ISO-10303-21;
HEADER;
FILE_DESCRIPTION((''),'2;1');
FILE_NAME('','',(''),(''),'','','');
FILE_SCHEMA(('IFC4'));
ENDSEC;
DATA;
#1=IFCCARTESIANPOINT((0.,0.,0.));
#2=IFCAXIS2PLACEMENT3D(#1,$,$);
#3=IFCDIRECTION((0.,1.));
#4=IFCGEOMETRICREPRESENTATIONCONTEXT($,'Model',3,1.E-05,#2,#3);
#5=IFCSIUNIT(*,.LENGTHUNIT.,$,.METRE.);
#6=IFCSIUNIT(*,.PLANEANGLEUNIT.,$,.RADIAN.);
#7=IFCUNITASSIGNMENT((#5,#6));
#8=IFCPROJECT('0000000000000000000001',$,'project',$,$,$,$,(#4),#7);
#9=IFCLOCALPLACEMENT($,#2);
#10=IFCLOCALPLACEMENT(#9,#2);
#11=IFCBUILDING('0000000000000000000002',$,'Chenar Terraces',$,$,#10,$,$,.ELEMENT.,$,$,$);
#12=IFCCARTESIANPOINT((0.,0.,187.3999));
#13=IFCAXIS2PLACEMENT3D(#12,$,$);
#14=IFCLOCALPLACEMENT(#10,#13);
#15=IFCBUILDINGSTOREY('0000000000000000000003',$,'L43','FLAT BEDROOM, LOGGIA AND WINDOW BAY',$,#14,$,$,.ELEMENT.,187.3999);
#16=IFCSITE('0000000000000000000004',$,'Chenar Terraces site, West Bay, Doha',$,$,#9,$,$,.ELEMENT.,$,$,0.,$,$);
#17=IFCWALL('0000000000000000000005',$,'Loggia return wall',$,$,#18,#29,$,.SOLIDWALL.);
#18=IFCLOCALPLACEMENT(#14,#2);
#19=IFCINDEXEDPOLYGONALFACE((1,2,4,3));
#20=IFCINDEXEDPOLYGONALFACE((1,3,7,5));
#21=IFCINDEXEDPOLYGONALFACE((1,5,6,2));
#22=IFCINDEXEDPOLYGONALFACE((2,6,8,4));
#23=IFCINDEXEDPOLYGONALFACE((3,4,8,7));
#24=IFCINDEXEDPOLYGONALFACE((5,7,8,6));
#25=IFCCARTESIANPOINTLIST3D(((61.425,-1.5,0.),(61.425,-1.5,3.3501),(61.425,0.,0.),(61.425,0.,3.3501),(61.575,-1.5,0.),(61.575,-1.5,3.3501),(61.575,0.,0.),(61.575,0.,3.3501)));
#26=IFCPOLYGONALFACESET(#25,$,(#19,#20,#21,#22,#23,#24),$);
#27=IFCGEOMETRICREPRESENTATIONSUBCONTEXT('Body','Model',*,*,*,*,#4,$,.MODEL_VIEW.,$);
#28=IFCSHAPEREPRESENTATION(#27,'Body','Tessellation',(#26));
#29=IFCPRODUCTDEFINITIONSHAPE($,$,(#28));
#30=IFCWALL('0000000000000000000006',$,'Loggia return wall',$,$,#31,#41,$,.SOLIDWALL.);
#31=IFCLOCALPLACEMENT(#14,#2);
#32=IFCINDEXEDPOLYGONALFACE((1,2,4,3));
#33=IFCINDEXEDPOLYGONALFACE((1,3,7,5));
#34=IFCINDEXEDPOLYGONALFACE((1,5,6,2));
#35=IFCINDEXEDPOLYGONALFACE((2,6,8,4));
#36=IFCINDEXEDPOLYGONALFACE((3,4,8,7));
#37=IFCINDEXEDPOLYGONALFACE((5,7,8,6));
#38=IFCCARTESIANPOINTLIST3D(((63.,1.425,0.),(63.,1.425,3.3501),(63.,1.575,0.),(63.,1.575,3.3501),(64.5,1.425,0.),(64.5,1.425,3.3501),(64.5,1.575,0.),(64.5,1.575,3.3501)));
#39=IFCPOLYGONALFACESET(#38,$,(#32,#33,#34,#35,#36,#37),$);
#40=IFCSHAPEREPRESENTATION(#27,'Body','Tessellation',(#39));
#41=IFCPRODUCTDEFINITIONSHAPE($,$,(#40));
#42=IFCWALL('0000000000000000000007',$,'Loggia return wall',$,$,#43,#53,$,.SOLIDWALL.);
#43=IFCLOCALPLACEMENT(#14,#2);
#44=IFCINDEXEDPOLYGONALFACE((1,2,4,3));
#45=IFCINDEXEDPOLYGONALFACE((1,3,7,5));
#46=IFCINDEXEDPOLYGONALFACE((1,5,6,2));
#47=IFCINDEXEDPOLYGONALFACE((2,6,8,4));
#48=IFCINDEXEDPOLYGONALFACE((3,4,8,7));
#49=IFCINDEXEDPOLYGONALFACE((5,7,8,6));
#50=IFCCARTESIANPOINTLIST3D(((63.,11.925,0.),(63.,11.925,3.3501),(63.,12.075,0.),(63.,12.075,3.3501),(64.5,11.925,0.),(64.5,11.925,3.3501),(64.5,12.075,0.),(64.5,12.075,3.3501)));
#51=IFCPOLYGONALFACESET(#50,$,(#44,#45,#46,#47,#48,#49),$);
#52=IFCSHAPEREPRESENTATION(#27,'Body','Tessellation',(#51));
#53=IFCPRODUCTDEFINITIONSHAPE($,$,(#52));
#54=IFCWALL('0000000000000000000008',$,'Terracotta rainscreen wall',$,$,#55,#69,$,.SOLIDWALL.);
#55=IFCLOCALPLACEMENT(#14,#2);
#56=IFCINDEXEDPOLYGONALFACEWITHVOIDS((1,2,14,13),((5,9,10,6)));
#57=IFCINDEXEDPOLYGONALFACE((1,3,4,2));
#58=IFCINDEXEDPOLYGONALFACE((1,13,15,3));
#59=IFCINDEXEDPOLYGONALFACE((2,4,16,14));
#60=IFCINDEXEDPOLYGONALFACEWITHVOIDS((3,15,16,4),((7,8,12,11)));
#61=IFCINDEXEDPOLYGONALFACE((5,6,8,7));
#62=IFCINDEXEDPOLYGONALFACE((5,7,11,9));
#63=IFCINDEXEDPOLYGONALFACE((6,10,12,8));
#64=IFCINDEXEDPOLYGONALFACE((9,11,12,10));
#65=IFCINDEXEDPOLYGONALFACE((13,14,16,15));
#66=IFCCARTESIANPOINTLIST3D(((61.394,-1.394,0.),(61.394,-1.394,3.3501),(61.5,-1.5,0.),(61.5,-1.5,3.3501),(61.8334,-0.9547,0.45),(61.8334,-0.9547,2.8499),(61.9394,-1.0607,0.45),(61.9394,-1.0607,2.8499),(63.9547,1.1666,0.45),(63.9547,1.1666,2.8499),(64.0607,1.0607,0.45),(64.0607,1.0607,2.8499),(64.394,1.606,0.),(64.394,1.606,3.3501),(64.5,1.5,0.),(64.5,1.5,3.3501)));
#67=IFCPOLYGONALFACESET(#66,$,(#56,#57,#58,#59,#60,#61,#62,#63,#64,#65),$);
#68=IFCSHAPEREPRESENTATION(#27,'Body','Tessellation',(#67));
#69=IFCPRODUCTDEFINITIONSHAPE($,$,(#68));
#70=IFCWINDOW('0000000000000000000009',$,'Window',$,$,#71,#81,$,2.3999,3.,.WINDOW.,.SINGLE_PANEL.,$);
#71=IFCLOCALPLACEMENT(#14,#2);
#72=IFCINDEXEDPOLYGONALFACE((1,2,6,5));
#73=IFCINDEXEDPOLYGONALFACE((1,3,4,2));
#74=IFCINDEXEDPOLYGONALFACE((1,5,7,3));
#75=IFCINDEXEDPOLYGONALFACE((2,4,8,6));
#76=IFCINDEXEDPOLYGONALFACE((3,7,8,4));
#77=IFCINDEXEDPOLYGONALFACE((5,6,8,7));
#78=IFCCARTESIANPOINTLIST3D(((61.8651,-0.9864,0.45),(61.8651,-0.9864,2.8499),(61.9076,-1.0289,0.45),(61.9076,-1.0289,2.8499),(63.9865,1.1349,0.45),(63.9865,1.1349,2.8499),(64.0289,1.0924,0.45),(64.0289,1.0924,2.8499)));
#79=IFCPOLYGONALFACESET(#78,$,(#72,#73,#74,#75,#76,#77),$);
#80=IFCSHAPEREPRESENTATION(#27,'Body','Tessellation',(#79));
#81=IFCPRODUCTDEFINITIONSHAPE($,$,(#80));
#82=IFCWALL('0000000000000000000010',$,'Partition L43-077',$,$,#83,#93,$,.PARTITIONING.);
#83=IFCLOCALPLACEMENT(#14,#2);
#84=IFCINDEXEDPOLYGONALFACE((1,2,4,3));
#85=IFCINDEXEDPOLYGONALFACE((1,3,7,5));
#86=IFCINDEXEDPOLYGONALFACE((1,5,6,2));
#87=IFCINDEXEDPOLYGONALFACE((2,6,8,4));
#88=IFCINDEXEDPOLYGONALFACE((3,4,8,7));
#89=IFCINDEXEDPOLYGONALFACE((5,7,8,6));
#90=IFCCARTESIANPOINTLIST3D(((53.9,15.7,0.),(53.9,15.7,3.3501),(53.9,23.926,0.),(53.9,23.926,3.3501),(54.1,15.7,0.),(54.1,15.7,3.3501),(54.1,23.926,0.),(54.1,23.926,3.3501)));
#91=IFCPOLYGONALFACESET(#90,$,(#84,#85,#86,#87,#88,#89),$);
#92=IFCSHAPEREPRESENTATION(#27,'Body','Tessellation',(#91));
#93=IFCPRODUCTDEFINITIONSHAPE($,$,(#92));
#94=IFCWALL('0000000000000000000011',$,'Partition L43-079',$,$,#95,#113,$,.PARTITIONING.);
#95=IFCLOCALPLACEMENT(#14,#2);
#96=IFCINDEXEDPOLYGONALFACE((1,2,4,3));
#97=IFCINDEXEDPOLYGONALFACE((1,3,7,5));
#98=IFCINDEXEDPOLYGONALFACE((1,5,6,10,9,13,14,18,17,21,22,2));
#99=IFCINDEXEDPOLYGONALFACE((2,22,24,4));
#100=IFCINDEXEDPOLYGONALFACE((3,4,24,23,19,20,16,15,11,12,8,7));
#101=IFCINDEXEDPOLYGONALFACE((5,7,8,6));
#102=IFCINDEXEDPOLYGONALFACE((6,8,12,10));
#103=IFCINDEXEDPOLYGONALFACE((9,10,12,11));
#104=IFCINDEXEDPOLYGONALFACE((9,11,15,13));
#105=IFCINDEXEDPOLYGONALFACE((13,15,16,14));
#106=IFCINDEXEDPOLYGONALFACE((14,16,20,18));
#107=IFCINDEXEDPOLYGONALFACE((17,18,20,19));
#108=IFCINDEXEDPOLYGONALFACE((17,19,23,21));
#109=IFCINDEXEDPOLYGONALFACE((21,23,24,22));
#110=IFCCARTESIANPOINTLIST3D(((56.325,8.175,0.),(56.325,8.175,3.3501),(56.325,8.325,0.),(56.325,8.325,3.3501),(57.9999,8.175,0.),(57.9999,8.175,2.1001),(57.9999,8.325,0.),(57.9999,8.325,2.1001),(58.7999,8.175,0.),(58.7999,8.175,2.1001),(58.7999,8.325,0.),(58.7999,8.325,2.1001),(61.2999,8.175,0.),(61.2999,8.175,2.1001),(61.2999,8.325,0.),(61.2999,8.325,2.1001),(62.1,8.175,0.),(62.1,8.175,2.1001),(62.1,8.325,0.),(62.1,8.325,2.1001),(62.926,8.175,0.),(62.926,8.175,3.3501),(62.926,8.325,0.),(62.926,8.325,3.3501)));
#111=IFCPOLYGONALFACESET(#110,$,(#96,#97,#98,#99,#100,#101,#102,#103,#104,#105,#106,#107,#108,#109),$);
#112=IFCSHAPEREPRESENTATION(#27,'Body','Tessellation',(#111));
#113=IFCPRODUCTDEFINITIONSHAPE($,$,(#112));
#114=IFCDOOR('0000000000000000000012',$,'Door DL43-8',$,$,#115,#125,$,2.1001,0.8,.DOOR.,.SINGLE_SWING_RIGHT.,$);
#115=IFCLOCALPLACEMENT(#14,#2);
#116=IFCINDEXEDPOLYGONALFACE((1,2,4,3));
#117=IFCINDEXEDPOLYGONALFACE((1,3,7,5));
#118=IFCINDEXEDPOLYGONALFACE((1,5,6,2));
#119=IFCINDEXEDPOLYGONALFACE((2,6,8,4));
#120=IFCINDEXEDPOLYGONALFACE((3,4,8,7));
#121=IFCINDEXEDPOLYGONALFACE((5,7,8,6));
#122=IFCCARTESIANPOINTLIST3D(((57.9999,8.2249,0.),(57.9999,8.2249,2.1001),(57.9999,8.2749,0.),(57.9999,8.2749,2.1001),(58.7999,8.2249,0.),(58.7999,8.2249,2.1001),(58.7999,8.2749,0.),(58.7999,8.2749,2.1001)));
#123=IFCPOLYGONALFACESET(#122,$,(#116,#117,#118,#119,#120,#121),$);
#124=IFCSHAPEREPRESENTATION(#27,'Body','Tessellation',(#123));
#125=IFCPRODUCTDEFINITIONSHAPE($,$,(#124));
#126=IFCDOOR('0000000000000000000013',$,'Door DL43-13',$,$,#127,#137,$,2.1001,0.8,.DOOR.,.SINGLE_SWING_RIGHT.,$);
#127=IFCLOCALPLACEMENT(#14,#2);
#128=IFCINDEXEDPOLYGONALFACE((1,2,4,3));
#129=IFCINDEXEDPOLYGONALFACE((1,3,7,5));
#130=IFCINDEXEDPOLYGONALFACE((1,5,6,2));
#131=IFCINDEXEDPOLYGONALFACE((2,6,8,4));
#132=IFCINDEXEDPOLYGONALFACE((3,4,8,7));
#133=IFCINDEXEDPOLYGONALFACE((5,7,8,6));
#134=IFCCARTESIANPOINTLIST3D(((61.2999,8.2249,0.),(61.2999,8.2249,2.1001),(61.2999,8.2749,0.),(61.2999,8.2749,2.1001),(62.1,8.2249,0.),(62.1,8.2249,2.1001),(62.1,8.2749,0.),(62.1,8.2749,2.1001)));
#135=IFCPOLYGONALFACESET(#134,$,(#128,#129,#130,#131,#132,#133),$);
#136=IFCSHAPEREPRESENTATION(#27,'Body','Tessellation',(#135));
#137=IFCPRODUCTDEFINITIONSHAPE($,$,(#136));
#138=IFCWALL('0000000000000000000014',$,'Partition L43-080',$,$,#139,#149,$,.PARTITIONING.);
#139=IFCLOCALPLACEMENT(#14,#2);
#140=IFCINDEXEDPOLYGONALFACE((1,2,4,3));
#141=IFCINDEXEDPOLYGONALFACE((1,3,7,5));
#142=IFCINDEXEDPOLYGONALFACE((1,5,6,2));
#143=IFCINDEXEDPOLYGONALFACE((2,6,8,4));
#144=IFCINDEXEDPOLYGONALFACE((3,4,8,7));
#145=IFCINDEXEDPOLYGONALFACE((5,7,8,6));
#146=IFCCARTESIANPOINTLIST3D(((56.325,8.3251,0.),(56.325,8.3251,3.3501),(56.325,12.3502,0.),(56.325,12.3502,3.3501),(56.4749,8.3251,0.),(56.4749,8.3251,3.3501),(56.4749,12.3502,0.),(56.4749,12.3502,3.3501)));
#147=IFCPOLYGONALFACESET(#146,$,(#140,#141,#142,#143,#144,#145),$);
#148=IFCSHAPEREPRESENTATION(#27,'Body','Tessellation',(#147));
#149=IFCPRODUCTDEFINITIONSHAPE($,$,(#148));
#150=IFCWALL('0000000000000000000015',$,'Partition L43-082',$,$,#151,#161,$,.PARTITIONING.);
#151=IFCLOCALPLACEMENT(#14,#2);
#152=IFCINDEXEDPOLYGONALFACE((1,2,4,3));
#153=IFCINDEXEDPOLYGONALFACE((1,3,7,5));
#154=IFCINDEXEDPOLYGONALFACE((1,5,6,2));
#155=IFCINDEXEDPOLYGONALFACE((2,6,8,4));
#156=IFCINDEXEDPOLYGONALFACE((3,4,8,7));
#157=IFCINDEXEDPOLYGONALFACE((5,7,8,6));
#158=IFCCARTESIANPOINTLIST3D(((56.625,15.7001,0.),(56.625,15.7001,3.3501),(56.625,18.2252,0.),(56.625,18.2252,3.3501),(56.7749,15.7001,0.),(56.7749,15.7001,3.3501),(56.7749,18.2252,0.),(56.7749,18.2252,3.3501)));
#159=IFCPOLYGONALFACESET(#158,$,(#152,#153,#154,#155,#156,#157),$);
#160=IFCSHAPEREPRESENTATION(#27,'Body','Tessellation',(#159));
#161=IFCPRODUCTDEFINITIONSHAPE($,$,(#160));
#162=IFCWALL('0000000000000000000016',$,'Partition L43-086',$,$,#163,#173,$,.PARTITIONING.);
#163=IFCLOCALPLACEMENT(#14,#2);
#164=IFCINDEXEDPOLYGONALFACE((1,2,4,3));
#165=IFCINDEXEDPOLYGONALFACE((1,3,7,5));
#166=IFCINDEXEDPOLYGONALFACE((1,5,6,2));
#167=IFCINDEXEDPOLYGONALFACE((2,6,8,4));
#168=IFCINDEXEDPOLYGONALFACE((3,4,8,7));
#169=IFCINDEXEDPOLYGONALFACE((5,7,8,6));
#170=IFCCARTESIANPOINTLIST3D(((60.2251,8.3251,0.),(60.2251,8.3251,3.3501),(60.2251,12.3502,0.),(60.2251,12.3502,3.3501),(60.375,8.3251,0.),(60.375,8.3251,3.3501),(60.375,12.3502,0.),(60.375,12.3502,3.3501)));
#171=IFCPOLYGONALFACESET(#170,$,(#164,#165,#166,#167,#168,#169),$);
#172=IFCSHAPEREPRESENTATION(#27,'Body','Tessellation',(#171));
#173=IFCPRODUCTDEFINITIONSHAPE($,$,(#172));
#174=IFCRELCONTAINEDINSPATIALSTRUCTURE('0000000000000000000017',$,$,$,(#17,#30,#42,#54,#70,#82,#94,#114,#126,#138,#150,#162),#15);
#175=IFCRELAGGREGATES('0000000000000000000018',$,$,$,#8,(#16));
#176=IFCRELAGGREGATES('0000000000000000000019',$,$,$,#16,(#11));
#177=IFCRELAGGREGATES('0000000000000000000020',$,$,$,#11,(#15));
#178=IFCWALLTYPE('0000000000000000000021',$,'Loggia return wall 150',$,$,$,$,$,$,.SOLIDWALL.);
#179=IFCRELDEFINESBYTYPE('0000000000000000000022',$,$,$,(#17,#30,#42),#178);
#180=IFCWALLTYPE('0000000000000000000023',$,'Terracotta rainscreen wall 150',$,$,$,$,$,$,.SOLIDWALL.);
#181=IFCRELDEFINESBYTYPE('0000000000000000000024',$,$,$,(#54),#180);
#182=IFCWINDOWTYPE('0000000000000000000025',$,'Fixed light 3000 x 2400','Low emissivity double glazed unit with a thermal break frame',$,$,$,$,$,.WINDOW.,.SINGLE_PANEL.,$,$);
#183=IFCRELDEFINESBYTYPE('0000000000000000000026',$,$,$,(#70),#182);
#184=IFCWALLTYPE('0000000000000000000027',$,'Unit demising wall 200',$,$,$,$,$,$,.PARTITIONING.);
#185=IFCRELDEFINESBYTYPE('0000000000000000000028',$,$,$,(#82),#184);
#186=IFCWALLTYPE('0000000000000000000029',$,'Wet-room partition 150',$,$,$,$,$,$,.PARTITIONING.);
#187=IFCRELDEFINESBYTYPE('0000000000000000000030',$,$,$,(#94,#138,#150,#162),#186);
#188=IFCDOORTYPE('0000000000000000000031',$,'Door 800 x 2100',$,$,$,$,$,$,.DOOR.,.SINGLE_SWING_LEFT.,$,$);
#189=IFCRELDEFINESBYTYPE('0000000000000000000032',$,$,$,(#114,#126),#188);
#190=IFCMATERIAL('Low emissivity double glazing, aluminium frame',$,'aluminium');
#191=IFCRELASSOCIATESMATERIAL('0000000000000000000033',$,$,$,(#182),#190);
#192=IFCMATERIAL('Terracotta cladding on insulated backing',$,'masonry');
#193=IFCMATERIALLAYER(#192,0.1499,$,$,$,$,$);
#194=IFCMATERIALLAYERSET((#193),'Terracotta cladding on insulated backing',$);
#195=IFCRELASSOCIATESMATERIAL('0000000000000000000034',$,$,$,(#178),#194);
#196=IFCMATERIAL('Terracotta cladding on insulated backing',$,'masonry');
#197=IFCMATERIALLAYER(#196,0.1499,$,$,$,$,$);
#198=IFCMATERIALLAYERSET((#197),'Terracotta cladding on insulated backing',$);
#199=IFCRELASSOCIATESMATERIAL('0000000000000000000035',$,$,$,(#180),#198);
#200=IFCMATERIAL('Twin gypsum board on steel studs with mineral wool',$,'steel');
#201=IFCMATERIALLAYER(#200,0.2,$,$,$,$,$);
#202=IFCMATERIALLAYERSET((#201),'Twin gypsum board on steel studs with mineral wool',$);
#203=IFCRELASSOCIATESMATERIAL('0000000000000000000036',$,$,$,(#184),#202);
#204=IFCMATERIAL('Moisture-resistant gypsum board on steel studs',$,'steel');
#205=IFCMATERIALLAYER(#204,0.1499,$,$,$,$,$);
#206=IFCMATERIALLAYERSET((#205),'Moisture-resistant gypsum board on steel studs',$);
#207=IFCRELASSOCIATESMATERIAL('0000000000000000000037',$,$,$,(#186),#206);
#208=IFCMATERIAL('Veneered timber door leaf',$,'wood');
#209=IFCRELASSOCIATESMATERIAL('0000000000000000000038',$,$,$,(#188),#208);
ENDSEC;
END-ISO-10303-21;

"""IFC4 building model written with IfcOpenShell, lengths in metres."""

from ifc_helpers import new_model, si_unit, direction, frame, frame_2d, origin, place, context, subcontext, project, spatial, rectangle, extrude, material, layer, layer_set, type_object, element, fill, save


model = new_model("IFC4")

# Units and contexts
model_context = context("Model", 3, precision=1e-05, world=origin(), true_north=direction((0.0, 1.0)))
body_context = subcontext(model_context, "Body", "Model", "MODEL_VIEW")
ifc_project = project(units=[si_unit("LENGTHUNIT", "METRE"), si_unit("PLANEANGLEUNIT", "RADIAN")], contexts=[model_context])

# Site, building, storey
site_placement = place(None, origin())
site = spatial("IfcSite", under=ifc_project, at=site_placement, Name="Chenar Terraces site, West Bay, Doha", CompositionType="ELEMENT", RefElevation=0.0)
building_placement = place(site_placement, origin())
building = spatial("IfcBuilding", under=site, at=building_placement, Name="Chenar Terraces", CompositionType="ELEMENT")
storey_placement = place(building_placement, frame((0.0, 0.0, 187.3999)))
storey = spatial("IfcBuildingStorey", under=building, at=storey_placement, Name="L43", Description="FLAT BEDROOM, LOGGIA AND WINDOW BAY", CompositionType="ELEMENT", Elevation=187.3999)

# Shared definitions
ifc_material_1 = material(Name="Low emissivity double glazing, aluminium frame", Category="aluminium")
window_type_1 = type_object("IfcWindowType", Name="Fixed light 3000 x 2400", Description="Low emissivity double glazed unit with a thermal break frame", PartitioningType="SINGLE_PANEL", PredefinedType="WINDOW", material=ifc_material_1)

# Walls
ifc_material_2 = material(Name="Terracotta cladding on insulated backing", Category="masonry")
ifc_layer_1 = layer(ifc_material_2, 0.1499)
ifc_layer_set_1 = layer_set([ifc_layer_1], Name="Terracotta cladding on insulated backing")
wall_type_1 = type_object("IfcWallType", Name="Loggia return wall 150", PredefinedType="SOLIDWALL", material=ifc_layer_set_1)
for number, where, z_axis, x_axis, name in (
    (1, (61.5, -1.5, 0.0), (0.0, 0.0, 1.0), (0.0, 1.0, 0.0), "Loggia return wall"),
    (2, (64.5, 1.5, 0.0), (0.0, 0.0, 1.0), (-1.0, 0.0, 0.0), "Loggia return wall"),
    (3, (64.5, 12.0, 0.0), (0.0, 0.0, 1.0), (-1.0, 0.0, 0.0), "Loggia return wall"),
):
    element("IfcWall", number, at=place(storey_placement, frame(where, z_axis=z_axis, x_axis=x_axis)), inside=storey, type_object=wall_type_1, Name=name, PredefinedType="SOLIDWALL", context=body_context, shape_type="SweptSolid", body=[
        extrude(rectangle(XDim=1.5, YDim=0.1499, at=frame_2d((0.75, 0.0))), origin(), (0.0, 0.0, 1.0), 3.3501),
    ])

# Wall, opening, window
ifc_material_3 = material(Name="Terracotta cladding on insulated backing", Category="masonry")
ifc_layer_2 = layer(ifc_material_3, 0.1499)
ifc_layer_set_2 = layer_set([ifc_layer_2], Name="Terracotta cladding on insulated backing")
wall_type_2 = type_object("IfcWallType", Name="Terracotta rainscreen wall 150", PredefinedType="SOLIDWALL", material=ifc_layer_set_2)
wall_1_placement = place(storey_placement, frame((61.447, -1.447, 0.0), z_axis=(0.0, 0.0, 1.0), x_axis=(0.707107, 0.707107, 0.0)))
wall_1 = element("IfcWall", 4, at=wall_1_placement, inside=storey, type_object=wall_type_2, Name="Terracotta rainscreen wall", PredefinedType="SOLIDWALL", context=body_context, shape_type="SweptSolid", body=[
    extrude(rectangle(XDim=4.2427, YDim=0.1499, at=frame_2d((2.1213, 0.0))), origin(), (0.0, 0.0, 1.0), 3.3501),
])
opening_1_placement = place(wall_1_placement, frame((0.6213, 0.0, 0.45)))
opening_1 = element("IfcOpeningElement", 5, at=opening_1_placement, cuts=wall_1, PredefinedType="OPENING", context=body_context, shape_type="SweptSolid", body=[
    extrude(rectangle(XDim=3.0, YDim=2.3999, at=frame_2d((1.5, 1.2))), frame((0.0, 0.085, 0.0), z_axis=(0.0, -1.0, 0.0), x_axis=(1.0, 0.0, 0.0)), (0.0, 0.0, 1.0), 0.1699),
])
window_1_placement = place(opening_1_placement, origin())
window_1 = element("IfcWindow", 6, at=window_1_placement, inside=storey, type_object=window_type_1, Name="Window", OverallHeight=2.3999, OverallWidth=3.0, PartitioningType="SINGLE_PANEL", PredefinedType="WINDOW", context=body_context, shape_type="SweptSolid", body=[
    extrude(rectangle(XDim=3.0, YDim=2.3999, at=frame_2d((1.5, 1.2))), frame((0.0, 0.03, 0.0), z_axis=(0.0, -1.0, 0.0), x_axis=(1.0, 0.0, 0.0)), (0.0, 0.0, 1.0), 0.0601),
])
fill(opening_1, window_1)

# Wall
ifc_material_4 = material(Name="Twin gypsum board on steel studs with mineral wool", Category="steel")
ifc_layer_3 = layer(ifc_material_4, 0.2)
ifc_layer_set_3 = layer_set([ifc_layer_3], Name="Twin gypsum board on steel studs with mineral wool")
wall_type_3 = type_object("IfcWallType", Name="Unit demising wall 200", PredefinedType="PARTITIONING", material=ifc_layer_set_3)
wall_2_placement = place(storey_placement, frame((54.0, 15.7, 0.0), z_axis=(0.0, 0.0, 1.0), x_axis=(0.0, 1.0, 0.0)))
element("IfcWall", 7, at=wall_2_placement, inside=storey, type_object=wall_type_3, Name="Partition L43-077", PredefinedType="PARTITIONING", context=body_context, shape_type="SweptSolid", body=[
    extrude(rectangle(XDim=8.2261, YDim=0.2, at=frame_2d((4.113, 0.0))), origin(), (0.0, 0.0, 1.0), 3.3501),
])

# Wall, openings, doors
ifc_material_5 = material(Name="Moisture-resistant gypsum board on steel studs", Category="steel")
ifc_layer_4 = layer(ifc_material_5, 0.1499)
ifc_layer_set_4 = layer_set([ifc_layer_4], Name="Moisture-resistant gypsum board on steel studs")
wall_type_4 = type_object("IfcWallType", Name="Wet-room partition 150", PredefinedType="PARTITIONING", material=ifc_layer_set_4)
wall_3_placement = place(storey_placement, frame((56.325, 8.25, 0.0), z_axis=(0.0, 0.0, 1.0), x_axis=(1.0, 0.0, 0.0)))
wall_3 = element("IfcWall", 8, at=wall_3_placement, inside=storey, type_object=wall_type_4, Name="Partition L43-079", PredefinedType="PARTITIONING", context=body_context, shape_type="SweptSolid", body=[
    extrude(rectangle(XDim=6.6011, YDim=0.1499, at=frame_2d((3.3005, 0.0))), origin(), (0.0, 0.0, 1.0), 3.3501),
])
opening_2_placement = place(wall_3_placement, frame((1.675, 0.0, 0.0)))
opening_2 = element("IfcOpeningElement", 9, at=opening_2_placement, cuts=wall_3, PredefinedType="OPENING", context=body_context, shape_type="SweptSolid", body=[
    extrude(rectangle(XDim=0.8, YDim=2.1001, at=frame_2d((0.3999, 1.05))), frame((0.0, 0.085, 0.0), z_axis=(0.0, -1.0, 0.0), x_axis=(1.0, 0.0, 0.0)), (0.0, 0.0, 1.0), 0.1699),
])
opening_3_placement = place(wall_3_placement, frame((4.9751, 0.0, 0.0)))
opening_3 = element("IfcOpeningElement", 10, at=opening_3_placement, cuts=wall_3, PredefinedType="OPENING", context=body_context, shape_type="SweptSolid", body=[
    extrude(rectangle(XDim=0.8, YDim=2.1001, at=frame_2d((0.3999, 1.05))), frame((0.0, 0.085, 0.0), z_axis=(0.0, -1.0, 0.0), x_axis=(1.0, 0.0, 0.0)), (0.0, 0.0, 1.0), 0.1699),
])
ifc_material_6 = material(Name="Veneered timber door leaf", Category="wood")
door_type_1 = type_object("IfcDoorType", Name="Door 800 x 2100", OperationType="SINGLE_SWING_LEFT", PredefinedType="DOOR", material=ifc_material_6)
door_1_placement = place(opening_2_placement, origin())
door_1 = element("IfcDoor", 11, at=door_1_placement, inside=storey, type_object=door_type_1, Name="Door DL43-8", OperationType="SINGLE_SWING_RIGHT", OverallHeight=2.1001, OverallWidth=0.8, PredefinedType="DOOR", context=body_context, shape_type="SweptSolid", body=[
    extrude(rectangle(XDim=0.8, YDim=2.1001, at=frame_2d((0.3999, 1.05))), frame((0.0, 0.0249, 0.0), z_axis=(0.0, -1.0, 0.0), x_axis=(1.0, 0.0, 0.0)), (0.0, 0.0, 1.0), 0.05),
])
fill(opening_2, door_1)
door_2_placement = place(opening_3_placement, origin())
door_2 = element("IfcDoor", 12, at=door_2_placement, inside=storey, type_object=door_type_1, Name="Door DL43-13", OperationType="SINGLE_SWING_RIGHT", OverallHeight=2.1001, OverallWidth=0.8, PredefinedType="DOOR", context=body_context, shape_type="SweptSolid", body=[
    extrude(rectangle(XDim=0.8, YDim=2.1001, at=frame_2d((0.3999, 1.05))), frame((0.0, 0.0249, 0.0), z_axis=(0.0, -1.0, 0.0), x_axis=(1.0, 0.0, 0.0)), (0.0, 0.0, 1.0), 0.05),
])
fill(opening_3, door_2)

# Walls
wall_4_placement = place(storey_placement, frame((56.3999, 8.325, 0.0), z_axis=(0.0, 0.0, 1.0), x_axis=(0.0, 1.0, 0.0)))
element("IfcWall", 13, at=wall_4_placement, inside=storey, type_object=wall_type_4, Name="Partition L43-080", PredefinedType="PARTITIONING", context=body_context, shape_type="SweptSolid", body=[
    extrude(rectangle(XDim=4.0251, YDim=0.1499, at=frame_2d((2.0127, 0.0))), origin(), (0.0, 0.0, 1.0), 3.3501),
])
wall_5_placement = place(storey_placement, frame((56.7, 15.7, 0.0), z_axis=(0.0, 0.0, 1.0), x_axis=(0.0, 1.0, 0.0)))
element("IfcWall", 14, at=wall_5_placement, inside=storey, type_object=wall_type_4, Name="Partition L43-082", PredefinedType="PARTITIONING", context=body_context, shape_type="SweptSolid", body=[
    extrude(rectangle(XDim=2.5251, YDim=0.1499, at=frame_2d((1.2627, 0.0))), origin(), (0.0, 0.0, 1.0), 3.3501),
])
wall_6_placement = place(storey_placement, frame((60.3, 8.325, 0.0), z_axis=(0.0, 0.0, 1.0), x_axis=(0.0, 1.0, 0.0)))
element("IfcWall", 15, at=wall_6_placement, inside=storey, type_object=wall_type_4, Name="Partition L43-086", PredefinedType="PARTITIONING", context=body_context, shape_type="SweptSolid", body=[
    extrude(rectangle(XDim=4.0251, YDim=0.1499, at=frame_2d((2.0127, 0.0))), origin(), (0.0, 0.0, 1.0), 3.3501),
])

save(model, "model.ifc")
